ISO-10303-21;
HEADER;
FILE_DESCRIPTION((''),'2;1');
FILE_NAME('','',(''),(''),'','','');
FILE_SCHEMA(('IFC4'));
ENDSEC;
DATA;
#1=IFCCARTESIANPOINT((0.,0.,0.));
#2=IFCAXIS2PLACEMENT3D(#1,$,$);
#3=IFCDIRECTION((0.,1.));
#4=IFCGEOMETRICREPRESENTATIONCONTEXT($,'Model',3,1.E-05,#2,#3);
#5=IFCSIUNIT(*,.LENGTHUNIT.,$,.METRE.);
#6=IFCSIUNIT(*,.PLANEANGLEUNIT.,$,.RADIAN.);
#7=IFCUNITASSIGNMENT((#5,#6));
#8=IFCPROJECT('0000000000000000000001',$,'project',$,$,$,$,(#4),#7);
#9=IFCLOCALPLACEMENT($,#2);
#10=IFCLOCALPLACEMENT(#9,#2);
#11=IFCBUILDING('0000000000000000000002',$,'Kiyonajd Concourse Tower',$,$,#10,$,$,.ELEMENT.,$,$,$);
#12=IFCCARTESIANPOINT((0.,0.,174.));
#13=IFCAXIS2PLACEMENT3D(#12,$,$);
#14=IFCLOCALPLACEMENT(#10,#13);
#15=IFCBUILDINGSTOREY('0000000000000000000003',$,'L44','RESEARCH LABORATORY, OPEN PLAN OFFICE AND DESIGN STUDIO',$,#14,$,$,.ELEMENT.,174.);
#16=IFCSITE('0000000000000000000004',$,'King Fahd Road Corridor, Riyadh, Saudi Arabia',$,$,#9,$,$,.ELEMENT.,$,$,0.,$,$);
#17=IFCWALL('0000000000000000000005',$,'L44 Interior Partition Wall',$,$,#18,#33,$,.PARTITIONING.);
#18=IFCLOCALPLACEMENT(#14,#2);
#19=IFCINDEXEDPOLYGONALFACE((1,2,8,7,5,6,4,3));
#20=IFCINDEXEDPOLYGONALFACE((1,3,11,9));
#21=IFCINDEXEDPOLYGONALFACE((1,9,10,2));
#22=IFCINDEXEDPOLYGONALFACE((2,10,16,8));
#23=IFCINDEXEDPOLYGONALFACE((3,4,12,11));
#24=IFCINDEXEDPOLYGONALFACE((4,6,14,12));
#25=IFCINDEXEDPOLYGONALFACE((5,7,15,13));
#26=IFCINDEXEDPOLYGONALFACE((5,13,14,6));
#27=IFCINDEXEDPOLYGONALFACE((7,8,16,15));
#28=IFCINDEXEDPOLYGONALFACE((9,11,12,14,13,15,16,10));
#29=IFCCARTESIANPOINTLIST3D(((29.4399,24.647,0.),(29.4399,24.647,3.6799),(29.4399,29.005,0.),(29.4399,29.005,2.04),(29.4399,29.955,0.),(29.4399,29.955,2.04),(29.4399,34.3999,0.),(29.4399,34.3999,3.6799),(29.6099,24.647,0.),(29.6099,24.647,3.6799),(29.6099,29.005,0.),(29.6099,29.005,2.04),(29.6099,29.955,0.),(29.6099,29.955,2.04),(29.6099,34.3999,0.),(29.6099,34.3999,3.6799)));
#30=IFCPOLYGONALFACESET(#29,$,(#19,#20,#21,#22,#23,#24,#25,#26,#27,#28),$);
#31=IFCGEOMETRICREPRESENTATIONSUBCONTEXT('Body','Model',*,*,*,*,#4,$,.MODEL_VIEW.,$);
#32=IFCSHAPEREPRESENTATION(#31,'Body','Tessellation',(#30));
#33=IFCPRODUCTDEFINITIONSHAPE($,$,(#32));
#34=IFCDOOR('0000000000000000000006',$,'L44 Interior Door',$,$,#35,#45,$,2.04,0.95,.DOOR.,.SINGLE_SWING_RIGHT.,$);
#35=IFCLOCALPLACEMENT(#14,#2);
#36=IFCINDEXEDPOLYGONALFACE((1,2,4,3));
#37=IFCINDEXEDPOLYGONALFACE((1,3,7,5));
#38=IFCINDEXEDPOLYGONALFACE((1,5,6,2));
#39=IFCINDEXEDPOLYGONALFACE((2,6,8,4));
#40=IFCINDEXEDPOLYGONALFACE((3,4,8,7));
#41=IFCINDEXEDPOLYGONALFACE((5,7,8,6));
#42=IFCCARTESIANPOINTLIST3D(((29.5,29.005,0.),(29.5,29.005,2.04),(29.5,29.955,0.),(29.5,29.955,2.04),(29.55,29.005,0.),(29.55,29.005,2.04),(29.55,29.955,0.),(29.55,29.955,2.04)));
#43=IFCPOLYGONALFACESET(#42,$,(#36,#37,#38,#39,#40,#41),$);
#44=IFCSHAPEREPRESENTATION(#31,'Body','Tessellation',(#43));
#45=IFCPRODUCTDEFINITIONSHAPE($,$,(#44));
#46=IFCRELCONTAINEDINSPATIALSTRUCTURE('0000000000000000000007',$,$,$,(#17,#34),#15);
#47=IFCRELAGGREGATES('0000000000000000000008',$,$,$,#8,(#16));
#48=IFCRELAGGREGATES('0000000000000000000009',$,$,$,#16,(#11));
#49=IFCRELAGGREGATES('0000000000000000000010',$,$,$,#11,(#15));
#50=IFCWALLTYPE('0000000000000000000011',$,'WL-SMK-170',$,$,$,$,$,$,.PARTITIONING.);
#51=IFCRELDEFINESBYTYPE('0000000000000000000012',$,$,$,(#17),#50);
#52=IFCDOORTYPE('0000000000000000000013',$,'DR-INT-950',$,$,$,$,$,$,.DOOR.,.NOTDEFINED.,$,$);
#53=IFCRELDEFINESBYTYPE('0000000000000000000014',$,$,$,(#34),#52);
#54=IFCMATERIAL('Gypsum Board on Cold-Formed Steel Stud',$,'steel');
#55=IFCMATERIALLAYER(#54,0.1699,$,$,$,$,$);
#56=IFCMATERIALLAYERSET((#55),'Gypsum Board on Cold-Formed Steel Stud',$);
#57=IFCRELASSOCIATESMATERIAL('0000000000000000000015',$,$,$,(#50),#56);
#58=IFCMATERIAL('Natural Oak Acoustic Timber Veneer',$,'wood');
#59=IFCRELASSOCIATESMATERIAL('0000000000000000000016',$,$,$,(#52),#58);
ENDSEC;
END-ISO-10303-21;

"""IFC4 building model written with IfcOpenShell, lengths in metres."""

from ifc_helpers import new_model, si_unit, direction, frame, frame_2d, origin, place, context, subcontext, project, spatial, rectangle, extrude, material, layer, layer_set, type_object, element, fill, save


model = new_model("IFC4")

# Units and contexts
model_context = context("Model", 3, precision=1e-05, world=origin(), true_north=direction((0.0, 1.0)))
body_context = subcontext(model_context, "Body", "Model", "MODEL_VIEW")
ifc_project = project(units=[si_unit("LENGTHUNIT", "METRE"), si_unit("PLANEANGLEUNIT", "RADIAN")], contexts=[model_context])

# Site, building, storey
site_placement = place(None, origin())
site = spatial("IfcSite", under=ifc_project, at=site_placement, Name="King Fahd Road Corridor, Riyadh, Saudi Arabia", CompositionType="ELEMENT", RefElevation=0.0)
building_placement = place(site_placement, origin())
building = spatial("IfcBuilding", under=site, at=building_placement, Name="Kiyonajd Concourse Tower", CompositionType="ELEMENT")
storey_placement = place(building_placement, frame((0.0, 0.0, 174.0)))
storey = spatial("IfcBuildingStorey", under=building, at=storey_placement, Name="L44", Description="RESEARCH LABORATORY, OPEN PLAN OFFICE AND DESIGN STUDIO", CompositionType="ELEMENT", Elevation=174.0)

# Shared definitions
ifc_material_1 = material(Name="Gypsum Board on Cold-Formed Steel Stud", Category="steel")

# Shared definitions
ifc_layer_1 = layer(ifc_material_1, 0.1699)
ifc_layer_set_1 = layer_set([ifc_layer_1], Name="Gypsum Board on Cold-Formed Steel Stud")
wall_type_1 = type_object("IfcWallType", Name="WL-SMK-170", PredefinedType="PARTITIONING", material=ifc_layer_set_1)
ifc_material_2 = material(Name="Natural Oak Acoustic Timber Veneer", Category="wood")
door_type_1 = type_object("IfcDoorType", Name="DR-INT-950", OperationType="NOTDEFINED", PredefinedType="DOOR", material=ifc_material_2)

# Wall, opening, door
wall_1_placement = place(storey_placement, frame((29.5249, 24.647, 0.0), z_axis=(0.0, 0.0, 1.0), x_axis=(0.0, 1.0, 0.0)))
wall_1 = element("IfcWall", 1, at=wall_1_placement, inside=storey, type_object=wall_type_1, Name="L44 Interior Partition Wall", PredefinedType="PARTITIONING", context=body_context, shape_type="SweptSolid", body=[
    extrude(rectangle(XDim=9.7529, YDim=0.1699, at=frame_2d((4.8765, 0.0))), origin(), (0.0, 0.0, 1.0), 3.6799),
])
opening_1_placement = place(wall_1_placement, frame((4.3579, 0.0, 0.0)))
opening_1 = element("IfcOpeningElement", 2, at=opening_1_placement, cuts=wall_1, PredefinedType="OPENING", context=body_context, shape_type="SweptSolid", body=[
    extrude(rectangle(XDim=0.95, YDim=2.04, at=frame_2d((0.4751, 1.02))), frame((0.0, 0.095, 0.0), z_axis=(0.0, -1.0, 0.0), x_axis=(1.0, 0.0, 0.0)), (0.0, 0.0, 1.0), 0.1899),
])
door_1_placement = place(opening_1_placement, origin())
door_1 = element("IfcDoor", 3, at=door_1_placement, inside=storey, type_object=door_type_1, Name="L44 Interior Door", OperationType="SINGLE_SWING_RIGHT", OverallHeight=2.04, OverallWidth=0.95, PredefinedType="DOOR", context=body_context, shape_type="SweptSolid", body=[
    extrude(rectangle(XDim=0.95, YDim=2.04, at=frame_2d((0.4751, 1.02))), frame((0.0, 0.0249, 0.0), z_axis=(0.0, -1.0, 0.0), x_axis=(1.0, 0.0, 0.0)), (0.0, 0.0, 1.0), 0.05),
])
fill(opening_1, door_1)

save(model, "model.ifc")
